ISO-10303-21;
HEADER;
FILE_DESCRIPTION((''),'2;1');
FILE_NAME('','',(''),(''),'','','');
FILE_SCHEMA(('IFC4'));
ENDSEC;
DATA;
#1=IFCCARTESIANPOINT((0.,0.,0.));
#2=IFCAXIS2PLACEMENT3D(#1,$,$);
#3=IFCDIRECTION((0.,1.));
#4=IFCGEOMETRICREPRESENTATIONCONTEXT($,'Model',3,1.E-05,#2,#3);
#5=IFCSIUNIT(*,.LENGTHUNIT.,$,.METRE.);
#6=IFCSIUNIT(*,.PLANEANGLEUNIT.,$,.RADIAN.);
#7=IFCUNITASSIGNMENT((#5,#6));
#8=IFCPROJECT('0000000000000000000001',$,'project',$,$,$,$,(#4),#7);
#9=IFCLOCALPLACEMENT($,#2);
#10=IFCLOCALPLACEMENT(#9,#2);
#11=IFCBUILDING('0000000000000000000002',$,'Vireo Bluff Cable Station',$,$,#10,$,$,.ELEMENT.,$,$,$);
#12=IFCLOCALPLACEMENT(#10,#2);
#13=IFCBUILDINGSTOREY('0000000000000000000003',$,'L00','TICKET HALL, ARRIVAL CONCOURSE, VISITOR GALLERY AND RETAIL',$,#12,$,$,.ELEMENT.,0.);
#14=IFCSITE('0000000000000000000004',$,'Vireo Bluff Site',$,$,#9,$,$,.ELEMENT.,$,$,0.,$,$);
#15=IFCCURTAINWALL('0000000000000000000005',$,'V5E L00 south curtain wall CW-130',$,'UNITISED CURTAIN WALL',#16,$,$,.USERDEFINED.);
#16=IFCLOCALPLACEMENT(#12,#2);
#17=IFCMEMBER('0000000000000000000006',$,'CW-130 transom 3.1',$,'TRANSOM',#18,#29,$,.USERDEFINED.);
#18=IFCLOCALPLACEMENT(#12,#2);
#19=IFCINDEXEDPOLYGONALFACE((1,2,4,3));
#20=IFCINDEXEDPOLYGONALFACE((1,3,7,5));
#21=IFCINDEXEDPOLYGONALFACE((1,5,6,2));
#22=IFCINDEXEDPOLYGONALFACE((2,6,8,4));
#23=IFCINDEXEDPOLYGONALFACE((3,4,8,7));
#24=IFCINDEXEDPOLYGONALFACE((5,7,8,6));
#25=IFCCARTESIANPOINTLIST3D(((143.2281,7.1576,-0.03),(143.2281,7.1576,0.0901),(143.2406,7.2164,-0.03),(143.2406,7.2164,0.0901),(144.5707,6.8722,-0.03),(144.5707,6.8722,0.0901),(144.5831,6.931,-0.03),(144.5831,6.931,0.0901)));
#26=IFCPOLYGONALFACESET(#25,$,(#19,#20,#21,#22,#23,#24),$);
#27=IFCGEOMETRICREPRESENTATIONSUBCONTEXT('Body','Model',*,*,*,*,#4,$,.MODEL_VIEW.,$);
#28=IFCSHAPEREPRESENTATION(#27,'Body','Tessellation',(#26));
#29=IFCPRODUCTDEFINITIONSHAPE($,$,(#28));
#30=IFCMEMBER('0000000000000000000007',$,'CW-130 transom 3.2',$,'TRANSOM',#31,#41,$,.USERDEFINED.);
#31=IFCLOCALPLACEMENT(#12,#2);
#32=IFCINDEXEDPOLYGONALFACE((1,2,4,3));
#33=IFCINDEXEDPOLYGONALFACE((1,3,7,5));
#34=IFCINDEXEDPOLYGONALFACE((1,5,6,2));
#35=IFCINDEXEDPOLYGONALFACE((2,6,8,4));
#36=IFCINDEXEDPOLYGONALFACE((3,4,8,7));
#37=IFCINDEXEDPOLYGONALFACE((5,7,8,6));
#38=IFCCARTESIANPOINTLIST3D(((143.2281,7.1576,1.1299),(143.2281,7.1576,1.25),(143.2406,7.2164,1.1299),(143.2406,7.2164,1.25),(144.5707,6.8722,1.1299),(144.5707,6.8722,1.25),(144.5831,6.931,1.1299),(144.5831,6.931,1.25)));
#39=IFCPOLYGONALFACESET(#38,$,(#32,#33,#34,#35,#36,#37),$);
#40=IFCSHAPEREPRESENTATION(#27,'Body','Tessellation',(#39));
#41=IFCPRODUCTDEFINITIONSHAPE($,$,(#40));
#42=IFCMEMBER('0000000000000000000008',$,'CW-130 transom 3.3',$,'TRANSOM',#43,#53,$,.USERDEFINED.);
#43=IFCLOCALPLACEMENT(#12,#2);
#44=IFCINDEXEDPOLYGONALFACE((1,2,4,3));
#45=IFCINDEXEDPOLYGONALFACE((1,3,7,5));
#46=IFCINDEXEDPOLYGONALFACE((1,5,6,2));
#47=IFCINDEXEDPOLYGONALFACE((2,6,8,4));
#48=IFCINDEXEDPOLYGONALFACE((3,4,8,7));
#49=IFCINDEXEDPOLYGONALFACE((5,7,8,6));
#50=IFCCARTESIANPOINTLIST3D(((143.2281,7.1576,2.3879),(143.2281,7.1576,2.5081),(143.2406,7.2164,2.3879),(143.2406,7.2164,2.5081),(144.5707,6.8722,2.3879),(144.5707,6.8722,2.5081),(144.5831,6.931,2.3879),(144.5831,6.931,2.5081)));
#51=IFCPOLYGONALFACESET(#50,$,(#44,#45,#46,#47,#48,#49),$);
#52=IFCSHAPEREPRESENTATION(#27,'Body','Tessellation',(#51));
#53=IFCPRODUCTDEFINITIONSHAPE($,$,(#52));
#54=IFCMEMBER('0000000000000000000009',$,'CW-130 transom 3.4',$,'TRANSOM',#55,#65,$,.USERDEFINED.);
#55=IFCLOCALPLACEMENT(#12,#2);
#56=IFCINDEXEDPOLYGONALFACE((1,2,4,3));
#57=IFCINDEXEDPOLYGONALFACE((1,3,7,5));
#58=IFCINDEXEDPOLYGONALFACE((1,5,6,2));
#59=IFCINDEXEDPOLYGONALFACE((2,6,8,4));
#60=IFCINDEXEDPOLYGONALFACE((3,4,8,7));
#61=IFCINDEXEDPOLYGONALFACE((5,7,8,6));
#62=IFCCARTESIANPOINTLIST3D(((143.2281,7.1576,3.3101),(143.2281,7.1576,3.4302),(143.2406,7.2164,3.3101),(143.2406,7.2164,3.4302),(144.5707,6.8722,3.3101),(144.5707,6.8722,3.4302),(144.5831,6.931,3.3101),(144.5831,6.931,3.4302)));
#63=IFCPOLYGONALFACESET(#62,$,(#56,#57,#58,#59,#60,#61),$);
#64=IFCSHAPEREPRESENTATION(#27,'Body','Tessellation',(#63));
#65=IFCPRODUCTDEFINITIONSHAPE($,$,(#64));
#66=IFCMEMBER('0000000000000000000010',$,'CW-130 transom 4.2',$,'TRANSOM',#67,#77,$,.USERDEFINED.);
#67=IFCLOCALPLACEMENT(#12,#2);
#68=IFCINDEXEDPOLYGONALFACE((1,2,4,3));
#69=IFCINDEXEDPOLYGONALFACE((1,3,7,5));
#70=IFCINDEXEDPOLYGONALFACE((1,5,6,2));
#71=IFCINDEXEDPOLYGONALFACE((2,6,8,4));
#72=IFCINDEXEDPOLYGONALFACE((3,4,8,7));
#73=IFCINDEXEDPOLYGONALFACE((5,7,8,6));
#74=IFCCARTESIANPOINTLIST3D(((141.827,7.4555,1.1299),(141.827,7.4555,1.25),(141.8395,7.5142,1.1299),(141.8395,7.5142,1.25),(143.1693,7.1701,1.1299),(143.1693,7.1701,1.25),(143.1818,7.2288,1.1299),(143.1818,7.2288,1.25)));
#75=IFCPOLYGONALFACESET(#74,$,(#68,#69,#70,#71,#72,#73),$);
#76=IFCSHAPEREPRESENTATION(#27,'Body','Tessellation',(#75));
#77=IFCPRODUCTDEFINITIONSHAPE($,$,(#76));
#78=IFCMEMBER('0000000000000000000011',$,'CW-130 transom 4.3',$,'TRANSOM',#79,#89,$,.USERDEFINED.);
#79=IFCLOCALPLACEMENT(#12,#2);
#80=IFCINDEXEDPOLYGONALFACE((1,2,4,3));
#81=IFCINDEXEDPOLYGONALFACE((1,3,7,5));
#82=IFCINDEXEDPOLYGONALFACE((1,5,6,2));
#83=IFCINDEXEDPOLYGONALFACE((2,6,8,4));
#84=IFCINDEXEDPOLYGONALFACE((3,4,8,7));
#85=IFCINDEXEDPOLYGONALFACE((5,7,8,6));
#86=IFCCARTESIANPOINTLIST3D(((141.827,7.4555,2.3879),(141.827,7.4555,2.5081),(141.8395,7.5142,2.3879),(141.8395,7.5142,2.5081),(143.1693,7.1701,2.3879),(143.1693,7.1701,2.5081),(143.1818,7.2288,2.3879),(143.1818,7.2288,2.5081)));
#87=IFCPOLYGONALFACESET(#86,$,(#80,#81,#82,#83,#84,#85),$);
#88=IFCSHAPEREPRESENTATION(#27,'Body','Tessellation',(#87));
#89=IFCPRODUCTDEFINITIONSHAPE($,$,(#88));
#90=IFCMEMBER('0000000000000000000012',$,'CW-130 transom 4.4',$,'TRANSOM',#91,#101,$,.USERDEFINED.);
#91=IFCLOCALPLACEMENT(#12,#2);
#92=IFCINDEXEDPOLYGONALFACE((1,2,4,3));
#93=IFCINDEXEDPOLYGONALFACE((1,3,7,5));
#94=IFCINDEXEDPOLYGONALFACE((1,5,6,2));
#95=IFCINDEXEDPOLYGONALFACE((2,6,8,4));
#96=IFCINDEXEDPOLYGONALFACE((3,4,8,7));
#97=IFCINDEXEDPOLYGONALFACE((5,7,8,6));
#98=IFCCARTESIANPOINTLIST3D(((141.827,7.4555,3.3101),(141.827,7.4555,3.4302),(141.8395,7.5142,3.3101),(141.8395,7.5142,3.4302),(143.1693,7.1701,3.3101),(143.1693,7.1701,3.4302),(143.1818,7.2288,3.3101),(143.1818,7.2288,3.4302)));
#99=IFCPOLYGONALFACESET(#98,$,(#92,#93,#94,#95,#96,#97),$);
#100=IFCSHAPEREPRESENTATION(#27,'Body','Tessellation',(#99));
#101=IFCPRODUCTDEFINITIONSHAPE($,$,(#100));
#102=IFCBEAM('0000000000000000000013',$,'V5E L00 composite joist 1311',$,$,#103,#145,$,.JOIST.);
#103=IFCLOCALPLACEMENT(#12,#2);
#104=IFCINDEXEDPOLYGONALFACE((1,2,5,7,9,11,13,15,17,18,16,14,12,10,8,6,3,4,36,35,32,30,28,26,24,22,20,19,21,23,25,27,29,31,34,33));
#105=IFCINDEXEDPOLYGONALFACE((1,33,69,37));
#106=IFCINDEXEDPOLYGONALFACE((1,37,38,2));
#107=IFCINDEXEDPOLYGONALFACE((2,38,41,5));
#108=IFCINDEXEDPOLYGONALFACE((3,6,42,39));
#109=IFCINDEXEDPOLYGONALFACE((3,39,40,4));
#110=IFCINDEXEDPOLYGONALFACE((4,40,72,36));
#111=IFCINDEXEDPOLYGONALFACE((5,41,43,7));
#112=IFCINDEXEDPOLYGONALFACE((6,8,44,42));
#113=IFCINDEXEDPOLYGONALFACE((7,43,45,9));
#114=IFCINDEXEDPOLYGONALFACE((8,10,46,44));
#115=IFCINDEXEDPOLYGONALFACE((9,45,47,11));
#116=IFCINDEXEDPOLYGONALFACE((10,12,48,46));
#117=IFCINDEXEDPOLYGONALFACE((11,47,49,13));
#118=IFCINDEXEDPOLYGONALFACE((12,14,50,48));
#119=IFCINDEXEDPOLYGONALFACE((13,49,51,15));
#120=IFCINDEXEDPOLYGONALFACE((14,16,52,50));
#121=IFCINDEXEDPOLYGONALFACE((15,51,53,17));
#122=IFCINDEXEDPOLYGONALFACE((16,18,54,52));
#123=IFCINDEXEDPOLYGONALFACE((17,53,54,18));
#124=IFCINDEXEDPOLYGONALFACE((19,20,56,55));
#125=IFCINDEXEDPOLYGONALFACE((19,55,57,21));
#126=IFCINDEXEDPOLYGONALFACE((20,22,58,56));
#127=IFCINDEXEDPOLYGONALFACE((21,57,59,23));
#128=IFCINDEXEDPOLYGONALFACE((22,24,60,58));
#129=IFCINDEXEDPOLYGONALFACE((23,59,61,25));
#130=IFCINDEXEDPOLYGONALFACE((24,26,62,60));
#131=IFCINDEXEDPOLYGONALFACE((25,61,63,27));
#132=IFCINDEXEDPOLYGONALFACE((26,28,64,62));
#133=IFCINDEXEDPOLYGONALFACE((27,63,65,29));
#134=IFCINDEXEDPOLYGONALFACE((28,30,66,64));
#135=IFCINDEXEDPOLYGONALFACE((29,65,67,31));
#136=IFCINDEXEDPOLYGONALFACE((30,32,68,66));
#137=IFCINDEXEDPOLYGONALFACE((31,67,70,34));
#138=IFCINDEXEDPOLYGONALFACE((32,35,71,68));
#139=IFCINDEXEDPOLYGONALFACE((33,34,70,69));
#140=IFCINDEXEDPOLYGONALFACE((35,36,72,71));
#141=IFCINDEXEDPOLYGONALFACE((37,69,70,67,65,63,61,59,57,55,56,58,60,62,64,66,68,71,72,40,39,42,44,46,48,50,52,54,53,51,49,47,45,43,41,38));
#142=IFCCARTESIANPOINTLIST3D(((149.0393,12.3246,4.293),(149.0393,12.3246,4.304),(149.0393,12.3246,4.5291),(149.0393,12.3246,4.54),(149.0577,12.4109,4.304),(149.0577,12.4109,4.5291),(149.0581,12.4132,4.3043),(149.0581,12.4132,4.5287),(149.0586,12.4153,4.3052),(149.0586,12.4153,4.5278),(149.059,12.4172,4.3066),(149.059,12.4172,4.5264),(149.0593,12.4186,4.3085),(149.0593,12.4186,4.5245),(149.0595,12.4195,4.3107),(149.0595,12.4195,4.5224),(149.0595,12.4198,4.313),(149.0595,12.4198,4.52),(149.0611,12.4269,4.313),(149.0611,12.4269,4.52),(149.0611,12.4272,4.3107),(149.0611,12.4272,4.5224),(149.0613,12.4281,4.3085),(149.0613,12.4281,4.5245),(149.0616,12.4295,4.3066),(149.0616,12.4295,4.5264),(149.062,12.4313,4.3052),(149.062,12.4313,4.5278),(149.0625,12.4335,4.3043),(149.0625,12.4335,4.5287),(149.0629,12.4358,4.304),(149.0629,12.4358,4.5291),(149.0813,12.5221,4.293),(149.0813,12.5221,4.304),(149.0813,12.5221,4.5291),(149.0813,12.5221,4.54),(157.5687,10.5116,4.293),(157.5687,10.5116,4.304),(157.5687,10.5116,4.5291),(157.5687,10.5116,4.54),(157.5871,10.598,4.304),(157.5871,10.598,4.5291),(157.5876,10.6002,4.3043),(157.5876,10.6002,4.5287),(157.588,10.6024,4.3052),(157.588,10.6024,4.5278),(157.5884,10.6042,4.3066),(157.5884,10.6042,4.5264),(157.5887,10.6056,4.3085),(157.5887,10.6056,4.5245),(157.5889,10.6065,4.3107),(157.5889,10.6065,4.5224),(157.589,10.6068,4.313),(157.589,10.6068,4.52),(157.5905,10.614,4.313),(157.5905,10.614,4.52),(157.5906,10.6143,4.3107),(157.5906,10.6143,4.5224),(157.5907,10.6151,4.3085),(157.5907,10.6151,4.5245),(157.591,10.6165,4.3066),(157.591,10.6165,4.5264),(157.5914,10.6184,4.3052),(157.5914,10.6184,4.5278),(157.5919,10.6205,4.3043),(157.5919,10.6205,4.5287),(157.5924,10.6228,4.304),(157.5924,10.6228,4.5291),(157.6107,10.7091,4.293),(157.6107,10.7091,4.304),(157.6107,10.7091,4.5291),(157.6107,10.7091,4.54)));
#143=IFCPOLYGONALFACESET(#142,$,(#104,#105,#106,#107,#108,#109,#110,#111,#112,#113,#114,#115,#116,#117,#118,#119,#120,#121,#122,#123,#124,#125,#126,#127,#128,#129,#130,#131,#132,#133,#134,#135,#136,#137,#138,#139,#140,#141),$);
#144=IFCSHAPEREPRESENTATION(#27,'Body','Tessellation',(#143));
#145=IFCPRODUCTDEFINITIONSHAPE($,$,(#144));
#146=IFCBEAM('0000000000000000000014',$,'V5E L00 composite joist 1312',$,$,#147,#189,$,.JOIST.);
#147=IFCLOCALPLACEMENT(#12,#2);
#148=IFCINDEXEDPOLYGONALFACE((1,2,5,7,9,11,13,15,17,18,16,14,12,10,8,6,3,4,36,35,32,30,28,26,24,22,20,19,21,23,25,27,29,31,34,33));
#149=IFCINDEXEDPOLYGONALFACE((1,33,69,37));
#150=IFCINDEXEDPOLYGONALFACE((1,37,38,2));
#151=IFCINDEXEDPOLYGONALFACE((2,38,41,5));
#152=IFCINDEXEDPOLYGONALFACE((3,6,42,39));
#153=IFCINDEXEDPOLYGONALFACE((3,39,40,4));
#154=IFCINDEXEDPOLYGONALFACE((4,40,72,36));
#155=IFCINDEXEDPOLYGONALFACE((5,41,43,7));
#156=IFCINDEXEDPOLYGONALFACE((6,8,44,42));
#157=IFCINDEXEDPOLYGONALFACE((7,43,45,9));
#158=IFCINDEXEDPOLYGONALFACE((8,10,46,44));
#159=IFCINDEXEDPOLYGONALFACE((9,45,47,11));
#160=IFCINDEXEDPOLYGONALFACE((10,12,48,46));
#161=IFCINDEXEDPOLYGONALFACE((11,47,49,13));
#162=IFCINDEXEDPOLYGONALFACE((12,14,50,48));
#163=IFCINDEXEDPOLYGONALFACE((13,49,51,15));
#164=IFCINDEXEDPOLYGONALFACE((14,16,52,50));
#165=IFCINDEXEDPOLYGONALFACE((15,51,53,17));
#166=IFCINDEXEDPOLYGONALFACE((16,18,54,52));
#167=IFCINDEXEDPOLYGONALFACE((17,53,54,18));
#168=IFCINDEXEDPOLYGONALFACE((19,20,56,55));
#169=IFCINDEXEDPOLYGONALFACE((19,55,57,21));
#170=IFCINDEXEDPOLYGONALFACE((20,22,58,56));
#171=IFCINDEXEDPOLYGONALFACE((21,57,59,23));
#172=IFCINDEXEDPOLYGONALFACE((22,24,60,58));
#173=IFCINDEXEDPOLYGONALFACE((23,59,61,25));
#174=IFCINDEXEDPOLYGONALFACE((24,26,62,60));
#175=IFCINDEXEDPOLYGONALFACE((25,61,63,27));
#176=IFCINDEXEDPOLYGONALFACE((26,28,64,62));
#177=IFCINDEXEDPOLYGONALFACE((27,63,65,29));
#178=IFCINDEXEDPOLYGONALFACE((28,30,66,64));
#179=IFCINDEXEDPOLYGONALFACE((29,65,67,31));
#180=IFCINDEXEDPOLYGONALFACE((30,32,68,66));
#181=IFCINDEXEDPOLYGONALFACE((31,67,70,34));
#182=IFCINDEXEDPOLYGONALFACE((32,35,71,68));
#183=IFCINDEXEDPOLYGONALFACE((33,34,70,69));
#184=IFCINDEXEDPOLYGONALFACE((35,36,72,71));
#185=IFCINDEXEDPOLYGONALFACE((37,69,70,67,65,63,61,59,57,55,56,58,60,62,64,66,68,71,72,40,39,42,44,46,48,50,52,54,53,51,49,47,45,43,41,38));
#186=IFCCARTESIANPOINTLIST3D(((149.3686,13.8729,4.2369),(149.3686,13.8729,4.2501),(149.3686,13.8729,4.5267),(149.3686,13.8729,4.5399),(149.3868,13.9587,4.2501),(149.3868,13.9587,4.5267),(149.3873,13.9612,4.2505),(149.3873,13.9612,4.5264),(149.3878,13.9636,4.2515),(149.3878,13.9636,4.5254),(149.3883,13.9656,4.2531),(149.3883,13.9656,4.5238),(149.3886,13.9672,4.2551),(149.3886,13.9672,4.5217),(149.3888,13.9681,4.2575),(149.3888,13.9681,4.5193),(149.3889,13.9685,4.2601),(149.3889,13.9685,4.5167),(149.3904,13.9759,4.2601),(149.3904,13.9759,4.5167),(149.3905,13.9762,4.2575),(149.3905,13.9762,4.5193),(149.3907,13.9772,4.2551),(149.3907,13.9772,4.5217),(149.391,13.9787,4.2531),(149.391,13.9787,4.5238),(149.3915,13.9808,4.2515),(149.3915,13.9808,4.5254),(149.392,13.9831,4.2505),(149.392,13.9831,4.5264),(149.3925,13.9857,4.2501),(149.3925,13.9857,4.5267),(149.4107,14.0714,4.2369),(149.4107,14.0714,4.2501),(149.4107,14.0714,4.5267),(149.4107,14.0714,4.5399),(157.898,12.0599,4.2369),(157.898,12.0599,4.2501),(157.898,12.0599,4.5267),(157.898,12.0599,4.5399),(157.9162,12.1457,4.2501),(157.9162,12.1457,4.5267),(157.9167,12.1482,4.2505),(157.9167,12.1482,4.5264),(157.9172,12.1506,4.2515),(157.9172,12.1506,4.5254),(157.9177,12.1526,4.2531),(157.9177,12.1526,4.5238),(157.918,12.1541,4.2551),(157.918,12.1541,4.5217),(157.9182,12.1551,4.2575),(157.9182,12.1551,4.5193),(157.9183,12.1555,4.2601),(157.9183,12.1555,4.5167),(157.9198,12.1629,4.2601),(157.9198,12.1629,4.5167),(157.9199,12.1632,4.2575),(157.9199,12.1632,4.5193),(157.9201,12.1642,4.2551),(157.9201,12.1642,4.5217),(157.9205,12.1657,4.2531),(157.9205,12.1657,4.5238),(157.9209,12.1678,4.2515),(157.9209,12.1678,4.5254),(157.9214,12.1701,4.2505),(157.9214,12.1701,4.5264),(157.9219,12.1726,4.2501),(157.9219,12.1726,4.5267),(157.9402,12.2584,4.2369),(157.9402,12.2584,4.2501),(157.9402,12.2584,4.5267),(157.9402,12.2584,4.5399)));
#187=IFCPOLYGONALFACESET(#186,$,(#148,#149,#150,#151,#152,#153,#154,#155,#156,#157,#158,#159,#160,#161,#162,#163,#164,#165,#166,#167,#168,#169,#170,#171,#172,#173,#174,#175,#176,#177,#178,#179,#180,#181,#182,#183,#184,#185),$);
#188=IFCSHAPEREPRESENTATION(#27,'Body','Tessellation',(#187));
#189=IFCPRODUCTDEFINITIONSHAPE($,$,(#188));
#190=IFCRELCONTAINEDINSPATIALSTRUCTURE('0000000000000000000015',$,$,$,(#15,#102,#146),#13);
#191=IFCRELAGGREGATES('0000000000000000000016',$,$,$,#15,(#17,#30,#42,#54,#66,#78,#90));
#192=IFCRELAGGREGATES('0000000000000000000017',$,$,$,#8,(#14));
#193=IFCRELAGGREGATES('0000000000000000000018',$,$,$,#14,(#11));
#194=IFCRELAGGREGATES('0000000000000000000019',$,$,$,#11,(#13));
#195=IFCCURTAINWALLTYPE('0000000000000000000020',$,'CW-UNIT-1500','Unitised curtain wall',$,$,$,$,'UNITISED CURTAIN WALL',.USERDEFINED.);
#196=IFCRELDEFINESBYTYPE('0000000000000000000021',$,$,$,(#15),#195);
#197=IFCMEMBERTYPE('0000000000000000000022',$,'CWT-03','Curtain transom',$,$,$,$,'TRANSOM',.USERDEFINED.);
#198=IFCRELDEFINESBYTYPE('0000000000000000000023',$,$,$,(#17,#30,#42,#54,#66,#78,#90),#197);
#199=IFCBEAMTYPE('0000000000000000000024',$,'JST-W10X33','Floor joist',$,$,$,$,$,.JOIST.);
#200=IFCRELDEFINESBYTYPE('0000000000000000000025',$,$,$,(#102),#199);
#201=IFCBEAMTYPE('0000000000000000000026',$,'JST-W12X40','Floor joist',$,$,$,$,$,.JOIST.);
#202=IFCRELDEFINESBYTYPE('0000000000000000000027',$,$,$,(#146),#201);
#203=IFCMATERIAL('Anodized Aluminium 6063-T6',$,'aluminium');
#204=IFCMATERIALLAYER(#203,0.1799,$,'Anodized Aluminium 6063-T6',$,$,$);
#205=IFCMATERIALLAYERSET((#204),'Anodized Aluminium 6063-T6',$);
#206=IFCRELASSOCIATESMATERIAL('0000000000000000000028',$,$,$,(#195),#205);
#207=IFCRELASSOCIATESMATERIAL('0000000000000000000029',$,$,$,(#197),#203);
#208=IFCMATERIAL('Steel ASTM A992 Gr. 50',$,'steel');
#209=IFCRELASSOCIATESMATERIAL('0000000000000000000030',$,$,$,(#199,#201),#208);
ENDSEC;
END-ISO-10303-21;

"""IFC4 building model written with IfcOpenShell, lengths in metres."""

from ifc_helpers import new_model, si_unit, direction, frame, origin, origin_2d, place, context, subcontext, project, spatial, rectangle, i_section, extrude, material, layer, layer_set, material_profile, profile_set, type_object, element, aggregate, save


model = new_model("IFC4")

# Units and contexts
model_context = context("Model", 3, precision=1e-05, world=origin(), true_north=direction((0.0, 1.0)))
body_context = subcontext(model_context, "Body", "Model", "MODEL_VIEW")
ifc_project = project(units=[si_unit("LENGTHUNIT", "METRE"), si_unit("PLANEANGLEUNIT", "RADIAN")], contexts=[model_context])

# Site, building, storey
site_placement = place(None, origin())
site = spatial("IfcSite", under=ifc_project, at=site_placement, Name="Vireo Bluff Site", CompositionType="ELEMENT", RefElevation=0.0)
building_placement = place(site_placement, origin())
building = spatial("IfcBuilding", under=site, at=building_placement, Name="Vireo Bluff Cable Station", CompositionType="ELEMENT")
storey_placement = place(building_placement, origin())
storey = spatial("IfcBuildingStorey", under=building, at=storey_placement, Name="L00", Description="TICKET HALL, ARRIVAL CONCOURSE, VISITOR GALLERY AND RETAIL", CompositionType="ELEMENT", Elevation=0.0)

# Shared definitions
ifc_material_1 = material(Name="Steel ASTM A992 Gr. 50", Category="steel")

# Curtain wall, members
ifc_material_2 = material(Name="Anodized Aluminium 6063-T6", Category="aluminium")
ifc_layer_1 = layer(ifc_material_2, 0.1799, Name="Anodized Aluminium 6063-T6")
ifc_layer_set_1 = layer_set([ifc_layer_1], Name="Anodized Aluminium 6063-T6")
curtain_wall_type = type_object("IfcCurtainWallType", Name="CW-UNIT-1500", Description="Unitised curtain wall", ElementType="UNITISED CURTAIN WALL", PredefinedType="USERDEFINED", material=ifc_layer_set_1)
curtain_wall_placement = place(storey_placement, origin())
curtain_wall = element("IfcCurtainWall", 1, at=curtain_wall_placement, inside=storey, type_object=curtain_wall_type, Name="V5E L00 south curtain wall CW-130", ObjectType="UNITISED CURTAIN WALL", PredefinedType="USERDEFINED")
ifc_material_profile_1 = material_profile(ifc_material_2, rectangle(XDim=0.0601, YDim=0.1201, at=origin_2d()), Name="ALU-T-60X120")
ifc_profile_set_1 = profile_set([ifc_material_profile_1], Name="Anodized Aluminium 6063-T6")
member_type_1 = type_object("IfcMemberType", Name="CWT-03", Description="Curtain transom", ElementType="TRANSOM", PredefinedType="USERDEFINED", material=ifc_profile_set_1)
member_1_placement = place(storey_placement, frame((144.5769, 6.9016, 0.03), z_axis=(-0.978142, 0.207937, 0.0), x_axis=(-0.207937, -0.978142, 0.0)))
member_1 = element("IfcMember", 2, at=member_1_placement, type_object=member_type_1, Name="CW-130 transom 3.1", ObjectType="TRANSOM", PredefinedType="USERDEFINED", context=body_context, shape_type="SweptSolid", body=[
    extrude(rectangle(XDim=0.0601, YDim=0.1201, at=origin_2d()), origin(), (0.0, 0.0, 1.0), 1.3726),
])
member_2_placement = place(storey_placement, frame((144.5769, 6.9016, 1.1899), z_axis=(-0.978142, 0.207937, 0.0), x_axis=(-0.207937, -0.978142, 0.0)))
member_2 = element("IfcMember", 3, at=member_2_placement, type_object=member_type_1, Name="CW-130 transom 3.2", ObjectType="TRANSOM", PredefinedType="USERDEFINED", context=body_context, shape_type="SweptSolid", body=[
    extrude(rectangle(XDim=0.0601, YDim=0.1201, at=origin_2d()), origin(), (0.0, 0.0, 1.0), 1.3726),
])
member_3_placement = place(storey_placement, frame((144.5769, 6.9016, 2.448), z_axis=(-0.978142, 0.207937, 0.0), x_axis=(-0.207937, -0.978142, 0.0)))
member_3 = element("IfcMember", 4, at=member_3_placement, type_object=member_type_1, Name="CW-130 transom 3.3", ObjectType="TRANSOM", PredefinedType="USERDEFINED", context=body_context, shape_type="SweptSolid", body=[
    extrude(rectangle(XDim=0.0601, YDim=0.1201, at=origin_2d()), origin(), (0.0, 0.0, 1.0), 1.3726),
])
member_4_placement = place(storey_placement, frame((144.5769, 6.9016, 3.3701), z_axis=(-0.978142, 0.207937, 0.0), x_axis=(-0.207937, -0.978142, 0.0)))
member_4 = element("IfcMember", 5, at=member_4_placement, type_object=member_type_1, Name="CW-130 transom 3.4", ObjectType="TRANSOM", PredefinedType="USERDEFINED", context=body_context, shape_type="SweptSolid", body=[
    extrude(rectangle(XDim=0.0601, YDim=0.1201, at=origin_2d()), origin(), (0.0, 0.0, 1.0), 1.3726),
])
member_5_placement = place(storey_placement, frame((143.1755, 7.1995, 1.1899), z_axis=(-0.978134, 0.207974, 0.0), x_axis=(-0.207974, -0.978134, 0.0)))
member_5 = element("IfcMember", 6, at=member_5_placement, type_object=member_type_1, Name="CW-130 transom 4.2", ObjectType="TRANSOM", PredefinedType="USERDEFINED", context=body_context, shape_type="SweptSolid", body=[
    extrude(rectangle(XDim=0.0601, YDim=0.1201, at=origin_2d()), origin(), (0.0, 0.0, 1.0), 1.3723),
])
member_6_placement = place(storey_placement, frame((143.1755, 7.1995, 2.448), z_axis=(-0.978134, 0.207974, 0.0), x_axis=(-0.207974, -0.978134, 0.0)))
member_6 = element("IfcMember", 7, at=member_6_placement, type_object=member_type_1, Name="CW-130 transom 4.3", ObjectType="TRANSOM", PredefinedType="USERDEFINED", context=body_context, shape_type="SweptSolid", body=[
    extrude(rectangle(XDim=0.0601, YDim=0.1201, at=origin_2d()), origin(), (0.0, 0.0, 1.0), 1.3723),
])
member_7_placement = place(storey_placement, frame((143.1755, 7.1995, 3.3701), z_axis=(-0.978134, 0.207974, 0.0), x_axis=(-0.207974, -0.978134, 0.0)))
member_7 = element("IfcMember", 8, at=member_7_placement, type_object=member_type_1, Name="CW-130 transom 4.4", ObjectType="TRANSOM", PredefinedType="USERDEFINED", context=body_context, shape_type="SweptSolid", body=[
    extrude(rectangle(XDim=0.0601, YDim=0.1201, at=origin_2d()), origin(), (0.0, 0.0, 1.0), 1.3723),
])

# Beams
ifc_material_profile_2 = material_profile(ifc_material_1, i_section(OverallWidth=0.2019, OverallDepth=0.2471, WebThickness=0.0073, FlangeThickness=0.011, FilletRadius=0.009, at=origin_2d()), Name="W10X33")
ifc_profile_set_2 = profile_set([ifc_material_profile_2], Name="Steel ASTM A992 Gr. 50")
beam_type_1 = type_object("IfcBeamType", Name="JST-W10X33", Description="Floor joist", PredefinedType="JOIST", material=ifc_profile_set_2)
beam_1_placement = place(storey_placement, frame((149.0603, 12.4233, 4.4165), z_axis=(0.978148, -0.207909, 0.0), x_axis=(0.207909, 0.978148, 0.0)))
element("IfcBeam", 9, at=beam_1_placement, inside=storey, type_object=beam_type_1, Name="V5E L00 composite joist 1311", PredefinedType="JOIST", context=body_context, shape_type="SweptSolid", body=[
    extrude(i_section(OverallWidth=0.2019, OverallDepth=0.2471, WebThickness=0.0073, FlangeThickness=0.011, FilletRadius=0.009, at=origin_2d()), origin(), (0.0, 0.0, 1.0), 8.72),
])
ifc_material_profile_3 = material_profile(ifc_material_1, i_section(OverallWidth=0.2029, OverallDepth=0.303, WebThickness=0.0076, FlangeThickness=0.0132, FilletRadius=0.01, at=origin_2d()), Name="W12X40")
ifc_profile_set_3 = profile_set([ifc_material_profile_3], Name="Steel ASTM A992 Gr. 50")
beam_type_2 = type_object("IfcBeamType", Name="JST-W12X40", Description="Floor joist", PredefinedType="JOIST", material=ifc_profile_set_3)
beam_2_placement = place(storey_placement, frame((149.3896, 13.9722, 4.3884), z_axis=(0.978147, -0.207915, 0.0), x_axis=(0.207915, 0.978147, 0.0)))
element("IfcBeam", 10, at=beam_2_placement, inside=storey, type_object=beam_type_2, Name="V5E L00 composite joist 1312", PredefinedType="JOIST", context=body_context, shape_type="SweptSolid", body=[
    extrude(i_section(OverallWidth=0.2029, OverallDepth=0.303, WebThickness=0.0076, FlangeThickness=0.0132, FilletRadius=0.01, at=origin_2d()), origin(), (0.0, 0.0, 1.0), 8.72),
])

aggregate(curtain_wall, [member_1, member_2, member_3, member_4, member_5, member_6, member_7])

save(model, "model.ifc")
